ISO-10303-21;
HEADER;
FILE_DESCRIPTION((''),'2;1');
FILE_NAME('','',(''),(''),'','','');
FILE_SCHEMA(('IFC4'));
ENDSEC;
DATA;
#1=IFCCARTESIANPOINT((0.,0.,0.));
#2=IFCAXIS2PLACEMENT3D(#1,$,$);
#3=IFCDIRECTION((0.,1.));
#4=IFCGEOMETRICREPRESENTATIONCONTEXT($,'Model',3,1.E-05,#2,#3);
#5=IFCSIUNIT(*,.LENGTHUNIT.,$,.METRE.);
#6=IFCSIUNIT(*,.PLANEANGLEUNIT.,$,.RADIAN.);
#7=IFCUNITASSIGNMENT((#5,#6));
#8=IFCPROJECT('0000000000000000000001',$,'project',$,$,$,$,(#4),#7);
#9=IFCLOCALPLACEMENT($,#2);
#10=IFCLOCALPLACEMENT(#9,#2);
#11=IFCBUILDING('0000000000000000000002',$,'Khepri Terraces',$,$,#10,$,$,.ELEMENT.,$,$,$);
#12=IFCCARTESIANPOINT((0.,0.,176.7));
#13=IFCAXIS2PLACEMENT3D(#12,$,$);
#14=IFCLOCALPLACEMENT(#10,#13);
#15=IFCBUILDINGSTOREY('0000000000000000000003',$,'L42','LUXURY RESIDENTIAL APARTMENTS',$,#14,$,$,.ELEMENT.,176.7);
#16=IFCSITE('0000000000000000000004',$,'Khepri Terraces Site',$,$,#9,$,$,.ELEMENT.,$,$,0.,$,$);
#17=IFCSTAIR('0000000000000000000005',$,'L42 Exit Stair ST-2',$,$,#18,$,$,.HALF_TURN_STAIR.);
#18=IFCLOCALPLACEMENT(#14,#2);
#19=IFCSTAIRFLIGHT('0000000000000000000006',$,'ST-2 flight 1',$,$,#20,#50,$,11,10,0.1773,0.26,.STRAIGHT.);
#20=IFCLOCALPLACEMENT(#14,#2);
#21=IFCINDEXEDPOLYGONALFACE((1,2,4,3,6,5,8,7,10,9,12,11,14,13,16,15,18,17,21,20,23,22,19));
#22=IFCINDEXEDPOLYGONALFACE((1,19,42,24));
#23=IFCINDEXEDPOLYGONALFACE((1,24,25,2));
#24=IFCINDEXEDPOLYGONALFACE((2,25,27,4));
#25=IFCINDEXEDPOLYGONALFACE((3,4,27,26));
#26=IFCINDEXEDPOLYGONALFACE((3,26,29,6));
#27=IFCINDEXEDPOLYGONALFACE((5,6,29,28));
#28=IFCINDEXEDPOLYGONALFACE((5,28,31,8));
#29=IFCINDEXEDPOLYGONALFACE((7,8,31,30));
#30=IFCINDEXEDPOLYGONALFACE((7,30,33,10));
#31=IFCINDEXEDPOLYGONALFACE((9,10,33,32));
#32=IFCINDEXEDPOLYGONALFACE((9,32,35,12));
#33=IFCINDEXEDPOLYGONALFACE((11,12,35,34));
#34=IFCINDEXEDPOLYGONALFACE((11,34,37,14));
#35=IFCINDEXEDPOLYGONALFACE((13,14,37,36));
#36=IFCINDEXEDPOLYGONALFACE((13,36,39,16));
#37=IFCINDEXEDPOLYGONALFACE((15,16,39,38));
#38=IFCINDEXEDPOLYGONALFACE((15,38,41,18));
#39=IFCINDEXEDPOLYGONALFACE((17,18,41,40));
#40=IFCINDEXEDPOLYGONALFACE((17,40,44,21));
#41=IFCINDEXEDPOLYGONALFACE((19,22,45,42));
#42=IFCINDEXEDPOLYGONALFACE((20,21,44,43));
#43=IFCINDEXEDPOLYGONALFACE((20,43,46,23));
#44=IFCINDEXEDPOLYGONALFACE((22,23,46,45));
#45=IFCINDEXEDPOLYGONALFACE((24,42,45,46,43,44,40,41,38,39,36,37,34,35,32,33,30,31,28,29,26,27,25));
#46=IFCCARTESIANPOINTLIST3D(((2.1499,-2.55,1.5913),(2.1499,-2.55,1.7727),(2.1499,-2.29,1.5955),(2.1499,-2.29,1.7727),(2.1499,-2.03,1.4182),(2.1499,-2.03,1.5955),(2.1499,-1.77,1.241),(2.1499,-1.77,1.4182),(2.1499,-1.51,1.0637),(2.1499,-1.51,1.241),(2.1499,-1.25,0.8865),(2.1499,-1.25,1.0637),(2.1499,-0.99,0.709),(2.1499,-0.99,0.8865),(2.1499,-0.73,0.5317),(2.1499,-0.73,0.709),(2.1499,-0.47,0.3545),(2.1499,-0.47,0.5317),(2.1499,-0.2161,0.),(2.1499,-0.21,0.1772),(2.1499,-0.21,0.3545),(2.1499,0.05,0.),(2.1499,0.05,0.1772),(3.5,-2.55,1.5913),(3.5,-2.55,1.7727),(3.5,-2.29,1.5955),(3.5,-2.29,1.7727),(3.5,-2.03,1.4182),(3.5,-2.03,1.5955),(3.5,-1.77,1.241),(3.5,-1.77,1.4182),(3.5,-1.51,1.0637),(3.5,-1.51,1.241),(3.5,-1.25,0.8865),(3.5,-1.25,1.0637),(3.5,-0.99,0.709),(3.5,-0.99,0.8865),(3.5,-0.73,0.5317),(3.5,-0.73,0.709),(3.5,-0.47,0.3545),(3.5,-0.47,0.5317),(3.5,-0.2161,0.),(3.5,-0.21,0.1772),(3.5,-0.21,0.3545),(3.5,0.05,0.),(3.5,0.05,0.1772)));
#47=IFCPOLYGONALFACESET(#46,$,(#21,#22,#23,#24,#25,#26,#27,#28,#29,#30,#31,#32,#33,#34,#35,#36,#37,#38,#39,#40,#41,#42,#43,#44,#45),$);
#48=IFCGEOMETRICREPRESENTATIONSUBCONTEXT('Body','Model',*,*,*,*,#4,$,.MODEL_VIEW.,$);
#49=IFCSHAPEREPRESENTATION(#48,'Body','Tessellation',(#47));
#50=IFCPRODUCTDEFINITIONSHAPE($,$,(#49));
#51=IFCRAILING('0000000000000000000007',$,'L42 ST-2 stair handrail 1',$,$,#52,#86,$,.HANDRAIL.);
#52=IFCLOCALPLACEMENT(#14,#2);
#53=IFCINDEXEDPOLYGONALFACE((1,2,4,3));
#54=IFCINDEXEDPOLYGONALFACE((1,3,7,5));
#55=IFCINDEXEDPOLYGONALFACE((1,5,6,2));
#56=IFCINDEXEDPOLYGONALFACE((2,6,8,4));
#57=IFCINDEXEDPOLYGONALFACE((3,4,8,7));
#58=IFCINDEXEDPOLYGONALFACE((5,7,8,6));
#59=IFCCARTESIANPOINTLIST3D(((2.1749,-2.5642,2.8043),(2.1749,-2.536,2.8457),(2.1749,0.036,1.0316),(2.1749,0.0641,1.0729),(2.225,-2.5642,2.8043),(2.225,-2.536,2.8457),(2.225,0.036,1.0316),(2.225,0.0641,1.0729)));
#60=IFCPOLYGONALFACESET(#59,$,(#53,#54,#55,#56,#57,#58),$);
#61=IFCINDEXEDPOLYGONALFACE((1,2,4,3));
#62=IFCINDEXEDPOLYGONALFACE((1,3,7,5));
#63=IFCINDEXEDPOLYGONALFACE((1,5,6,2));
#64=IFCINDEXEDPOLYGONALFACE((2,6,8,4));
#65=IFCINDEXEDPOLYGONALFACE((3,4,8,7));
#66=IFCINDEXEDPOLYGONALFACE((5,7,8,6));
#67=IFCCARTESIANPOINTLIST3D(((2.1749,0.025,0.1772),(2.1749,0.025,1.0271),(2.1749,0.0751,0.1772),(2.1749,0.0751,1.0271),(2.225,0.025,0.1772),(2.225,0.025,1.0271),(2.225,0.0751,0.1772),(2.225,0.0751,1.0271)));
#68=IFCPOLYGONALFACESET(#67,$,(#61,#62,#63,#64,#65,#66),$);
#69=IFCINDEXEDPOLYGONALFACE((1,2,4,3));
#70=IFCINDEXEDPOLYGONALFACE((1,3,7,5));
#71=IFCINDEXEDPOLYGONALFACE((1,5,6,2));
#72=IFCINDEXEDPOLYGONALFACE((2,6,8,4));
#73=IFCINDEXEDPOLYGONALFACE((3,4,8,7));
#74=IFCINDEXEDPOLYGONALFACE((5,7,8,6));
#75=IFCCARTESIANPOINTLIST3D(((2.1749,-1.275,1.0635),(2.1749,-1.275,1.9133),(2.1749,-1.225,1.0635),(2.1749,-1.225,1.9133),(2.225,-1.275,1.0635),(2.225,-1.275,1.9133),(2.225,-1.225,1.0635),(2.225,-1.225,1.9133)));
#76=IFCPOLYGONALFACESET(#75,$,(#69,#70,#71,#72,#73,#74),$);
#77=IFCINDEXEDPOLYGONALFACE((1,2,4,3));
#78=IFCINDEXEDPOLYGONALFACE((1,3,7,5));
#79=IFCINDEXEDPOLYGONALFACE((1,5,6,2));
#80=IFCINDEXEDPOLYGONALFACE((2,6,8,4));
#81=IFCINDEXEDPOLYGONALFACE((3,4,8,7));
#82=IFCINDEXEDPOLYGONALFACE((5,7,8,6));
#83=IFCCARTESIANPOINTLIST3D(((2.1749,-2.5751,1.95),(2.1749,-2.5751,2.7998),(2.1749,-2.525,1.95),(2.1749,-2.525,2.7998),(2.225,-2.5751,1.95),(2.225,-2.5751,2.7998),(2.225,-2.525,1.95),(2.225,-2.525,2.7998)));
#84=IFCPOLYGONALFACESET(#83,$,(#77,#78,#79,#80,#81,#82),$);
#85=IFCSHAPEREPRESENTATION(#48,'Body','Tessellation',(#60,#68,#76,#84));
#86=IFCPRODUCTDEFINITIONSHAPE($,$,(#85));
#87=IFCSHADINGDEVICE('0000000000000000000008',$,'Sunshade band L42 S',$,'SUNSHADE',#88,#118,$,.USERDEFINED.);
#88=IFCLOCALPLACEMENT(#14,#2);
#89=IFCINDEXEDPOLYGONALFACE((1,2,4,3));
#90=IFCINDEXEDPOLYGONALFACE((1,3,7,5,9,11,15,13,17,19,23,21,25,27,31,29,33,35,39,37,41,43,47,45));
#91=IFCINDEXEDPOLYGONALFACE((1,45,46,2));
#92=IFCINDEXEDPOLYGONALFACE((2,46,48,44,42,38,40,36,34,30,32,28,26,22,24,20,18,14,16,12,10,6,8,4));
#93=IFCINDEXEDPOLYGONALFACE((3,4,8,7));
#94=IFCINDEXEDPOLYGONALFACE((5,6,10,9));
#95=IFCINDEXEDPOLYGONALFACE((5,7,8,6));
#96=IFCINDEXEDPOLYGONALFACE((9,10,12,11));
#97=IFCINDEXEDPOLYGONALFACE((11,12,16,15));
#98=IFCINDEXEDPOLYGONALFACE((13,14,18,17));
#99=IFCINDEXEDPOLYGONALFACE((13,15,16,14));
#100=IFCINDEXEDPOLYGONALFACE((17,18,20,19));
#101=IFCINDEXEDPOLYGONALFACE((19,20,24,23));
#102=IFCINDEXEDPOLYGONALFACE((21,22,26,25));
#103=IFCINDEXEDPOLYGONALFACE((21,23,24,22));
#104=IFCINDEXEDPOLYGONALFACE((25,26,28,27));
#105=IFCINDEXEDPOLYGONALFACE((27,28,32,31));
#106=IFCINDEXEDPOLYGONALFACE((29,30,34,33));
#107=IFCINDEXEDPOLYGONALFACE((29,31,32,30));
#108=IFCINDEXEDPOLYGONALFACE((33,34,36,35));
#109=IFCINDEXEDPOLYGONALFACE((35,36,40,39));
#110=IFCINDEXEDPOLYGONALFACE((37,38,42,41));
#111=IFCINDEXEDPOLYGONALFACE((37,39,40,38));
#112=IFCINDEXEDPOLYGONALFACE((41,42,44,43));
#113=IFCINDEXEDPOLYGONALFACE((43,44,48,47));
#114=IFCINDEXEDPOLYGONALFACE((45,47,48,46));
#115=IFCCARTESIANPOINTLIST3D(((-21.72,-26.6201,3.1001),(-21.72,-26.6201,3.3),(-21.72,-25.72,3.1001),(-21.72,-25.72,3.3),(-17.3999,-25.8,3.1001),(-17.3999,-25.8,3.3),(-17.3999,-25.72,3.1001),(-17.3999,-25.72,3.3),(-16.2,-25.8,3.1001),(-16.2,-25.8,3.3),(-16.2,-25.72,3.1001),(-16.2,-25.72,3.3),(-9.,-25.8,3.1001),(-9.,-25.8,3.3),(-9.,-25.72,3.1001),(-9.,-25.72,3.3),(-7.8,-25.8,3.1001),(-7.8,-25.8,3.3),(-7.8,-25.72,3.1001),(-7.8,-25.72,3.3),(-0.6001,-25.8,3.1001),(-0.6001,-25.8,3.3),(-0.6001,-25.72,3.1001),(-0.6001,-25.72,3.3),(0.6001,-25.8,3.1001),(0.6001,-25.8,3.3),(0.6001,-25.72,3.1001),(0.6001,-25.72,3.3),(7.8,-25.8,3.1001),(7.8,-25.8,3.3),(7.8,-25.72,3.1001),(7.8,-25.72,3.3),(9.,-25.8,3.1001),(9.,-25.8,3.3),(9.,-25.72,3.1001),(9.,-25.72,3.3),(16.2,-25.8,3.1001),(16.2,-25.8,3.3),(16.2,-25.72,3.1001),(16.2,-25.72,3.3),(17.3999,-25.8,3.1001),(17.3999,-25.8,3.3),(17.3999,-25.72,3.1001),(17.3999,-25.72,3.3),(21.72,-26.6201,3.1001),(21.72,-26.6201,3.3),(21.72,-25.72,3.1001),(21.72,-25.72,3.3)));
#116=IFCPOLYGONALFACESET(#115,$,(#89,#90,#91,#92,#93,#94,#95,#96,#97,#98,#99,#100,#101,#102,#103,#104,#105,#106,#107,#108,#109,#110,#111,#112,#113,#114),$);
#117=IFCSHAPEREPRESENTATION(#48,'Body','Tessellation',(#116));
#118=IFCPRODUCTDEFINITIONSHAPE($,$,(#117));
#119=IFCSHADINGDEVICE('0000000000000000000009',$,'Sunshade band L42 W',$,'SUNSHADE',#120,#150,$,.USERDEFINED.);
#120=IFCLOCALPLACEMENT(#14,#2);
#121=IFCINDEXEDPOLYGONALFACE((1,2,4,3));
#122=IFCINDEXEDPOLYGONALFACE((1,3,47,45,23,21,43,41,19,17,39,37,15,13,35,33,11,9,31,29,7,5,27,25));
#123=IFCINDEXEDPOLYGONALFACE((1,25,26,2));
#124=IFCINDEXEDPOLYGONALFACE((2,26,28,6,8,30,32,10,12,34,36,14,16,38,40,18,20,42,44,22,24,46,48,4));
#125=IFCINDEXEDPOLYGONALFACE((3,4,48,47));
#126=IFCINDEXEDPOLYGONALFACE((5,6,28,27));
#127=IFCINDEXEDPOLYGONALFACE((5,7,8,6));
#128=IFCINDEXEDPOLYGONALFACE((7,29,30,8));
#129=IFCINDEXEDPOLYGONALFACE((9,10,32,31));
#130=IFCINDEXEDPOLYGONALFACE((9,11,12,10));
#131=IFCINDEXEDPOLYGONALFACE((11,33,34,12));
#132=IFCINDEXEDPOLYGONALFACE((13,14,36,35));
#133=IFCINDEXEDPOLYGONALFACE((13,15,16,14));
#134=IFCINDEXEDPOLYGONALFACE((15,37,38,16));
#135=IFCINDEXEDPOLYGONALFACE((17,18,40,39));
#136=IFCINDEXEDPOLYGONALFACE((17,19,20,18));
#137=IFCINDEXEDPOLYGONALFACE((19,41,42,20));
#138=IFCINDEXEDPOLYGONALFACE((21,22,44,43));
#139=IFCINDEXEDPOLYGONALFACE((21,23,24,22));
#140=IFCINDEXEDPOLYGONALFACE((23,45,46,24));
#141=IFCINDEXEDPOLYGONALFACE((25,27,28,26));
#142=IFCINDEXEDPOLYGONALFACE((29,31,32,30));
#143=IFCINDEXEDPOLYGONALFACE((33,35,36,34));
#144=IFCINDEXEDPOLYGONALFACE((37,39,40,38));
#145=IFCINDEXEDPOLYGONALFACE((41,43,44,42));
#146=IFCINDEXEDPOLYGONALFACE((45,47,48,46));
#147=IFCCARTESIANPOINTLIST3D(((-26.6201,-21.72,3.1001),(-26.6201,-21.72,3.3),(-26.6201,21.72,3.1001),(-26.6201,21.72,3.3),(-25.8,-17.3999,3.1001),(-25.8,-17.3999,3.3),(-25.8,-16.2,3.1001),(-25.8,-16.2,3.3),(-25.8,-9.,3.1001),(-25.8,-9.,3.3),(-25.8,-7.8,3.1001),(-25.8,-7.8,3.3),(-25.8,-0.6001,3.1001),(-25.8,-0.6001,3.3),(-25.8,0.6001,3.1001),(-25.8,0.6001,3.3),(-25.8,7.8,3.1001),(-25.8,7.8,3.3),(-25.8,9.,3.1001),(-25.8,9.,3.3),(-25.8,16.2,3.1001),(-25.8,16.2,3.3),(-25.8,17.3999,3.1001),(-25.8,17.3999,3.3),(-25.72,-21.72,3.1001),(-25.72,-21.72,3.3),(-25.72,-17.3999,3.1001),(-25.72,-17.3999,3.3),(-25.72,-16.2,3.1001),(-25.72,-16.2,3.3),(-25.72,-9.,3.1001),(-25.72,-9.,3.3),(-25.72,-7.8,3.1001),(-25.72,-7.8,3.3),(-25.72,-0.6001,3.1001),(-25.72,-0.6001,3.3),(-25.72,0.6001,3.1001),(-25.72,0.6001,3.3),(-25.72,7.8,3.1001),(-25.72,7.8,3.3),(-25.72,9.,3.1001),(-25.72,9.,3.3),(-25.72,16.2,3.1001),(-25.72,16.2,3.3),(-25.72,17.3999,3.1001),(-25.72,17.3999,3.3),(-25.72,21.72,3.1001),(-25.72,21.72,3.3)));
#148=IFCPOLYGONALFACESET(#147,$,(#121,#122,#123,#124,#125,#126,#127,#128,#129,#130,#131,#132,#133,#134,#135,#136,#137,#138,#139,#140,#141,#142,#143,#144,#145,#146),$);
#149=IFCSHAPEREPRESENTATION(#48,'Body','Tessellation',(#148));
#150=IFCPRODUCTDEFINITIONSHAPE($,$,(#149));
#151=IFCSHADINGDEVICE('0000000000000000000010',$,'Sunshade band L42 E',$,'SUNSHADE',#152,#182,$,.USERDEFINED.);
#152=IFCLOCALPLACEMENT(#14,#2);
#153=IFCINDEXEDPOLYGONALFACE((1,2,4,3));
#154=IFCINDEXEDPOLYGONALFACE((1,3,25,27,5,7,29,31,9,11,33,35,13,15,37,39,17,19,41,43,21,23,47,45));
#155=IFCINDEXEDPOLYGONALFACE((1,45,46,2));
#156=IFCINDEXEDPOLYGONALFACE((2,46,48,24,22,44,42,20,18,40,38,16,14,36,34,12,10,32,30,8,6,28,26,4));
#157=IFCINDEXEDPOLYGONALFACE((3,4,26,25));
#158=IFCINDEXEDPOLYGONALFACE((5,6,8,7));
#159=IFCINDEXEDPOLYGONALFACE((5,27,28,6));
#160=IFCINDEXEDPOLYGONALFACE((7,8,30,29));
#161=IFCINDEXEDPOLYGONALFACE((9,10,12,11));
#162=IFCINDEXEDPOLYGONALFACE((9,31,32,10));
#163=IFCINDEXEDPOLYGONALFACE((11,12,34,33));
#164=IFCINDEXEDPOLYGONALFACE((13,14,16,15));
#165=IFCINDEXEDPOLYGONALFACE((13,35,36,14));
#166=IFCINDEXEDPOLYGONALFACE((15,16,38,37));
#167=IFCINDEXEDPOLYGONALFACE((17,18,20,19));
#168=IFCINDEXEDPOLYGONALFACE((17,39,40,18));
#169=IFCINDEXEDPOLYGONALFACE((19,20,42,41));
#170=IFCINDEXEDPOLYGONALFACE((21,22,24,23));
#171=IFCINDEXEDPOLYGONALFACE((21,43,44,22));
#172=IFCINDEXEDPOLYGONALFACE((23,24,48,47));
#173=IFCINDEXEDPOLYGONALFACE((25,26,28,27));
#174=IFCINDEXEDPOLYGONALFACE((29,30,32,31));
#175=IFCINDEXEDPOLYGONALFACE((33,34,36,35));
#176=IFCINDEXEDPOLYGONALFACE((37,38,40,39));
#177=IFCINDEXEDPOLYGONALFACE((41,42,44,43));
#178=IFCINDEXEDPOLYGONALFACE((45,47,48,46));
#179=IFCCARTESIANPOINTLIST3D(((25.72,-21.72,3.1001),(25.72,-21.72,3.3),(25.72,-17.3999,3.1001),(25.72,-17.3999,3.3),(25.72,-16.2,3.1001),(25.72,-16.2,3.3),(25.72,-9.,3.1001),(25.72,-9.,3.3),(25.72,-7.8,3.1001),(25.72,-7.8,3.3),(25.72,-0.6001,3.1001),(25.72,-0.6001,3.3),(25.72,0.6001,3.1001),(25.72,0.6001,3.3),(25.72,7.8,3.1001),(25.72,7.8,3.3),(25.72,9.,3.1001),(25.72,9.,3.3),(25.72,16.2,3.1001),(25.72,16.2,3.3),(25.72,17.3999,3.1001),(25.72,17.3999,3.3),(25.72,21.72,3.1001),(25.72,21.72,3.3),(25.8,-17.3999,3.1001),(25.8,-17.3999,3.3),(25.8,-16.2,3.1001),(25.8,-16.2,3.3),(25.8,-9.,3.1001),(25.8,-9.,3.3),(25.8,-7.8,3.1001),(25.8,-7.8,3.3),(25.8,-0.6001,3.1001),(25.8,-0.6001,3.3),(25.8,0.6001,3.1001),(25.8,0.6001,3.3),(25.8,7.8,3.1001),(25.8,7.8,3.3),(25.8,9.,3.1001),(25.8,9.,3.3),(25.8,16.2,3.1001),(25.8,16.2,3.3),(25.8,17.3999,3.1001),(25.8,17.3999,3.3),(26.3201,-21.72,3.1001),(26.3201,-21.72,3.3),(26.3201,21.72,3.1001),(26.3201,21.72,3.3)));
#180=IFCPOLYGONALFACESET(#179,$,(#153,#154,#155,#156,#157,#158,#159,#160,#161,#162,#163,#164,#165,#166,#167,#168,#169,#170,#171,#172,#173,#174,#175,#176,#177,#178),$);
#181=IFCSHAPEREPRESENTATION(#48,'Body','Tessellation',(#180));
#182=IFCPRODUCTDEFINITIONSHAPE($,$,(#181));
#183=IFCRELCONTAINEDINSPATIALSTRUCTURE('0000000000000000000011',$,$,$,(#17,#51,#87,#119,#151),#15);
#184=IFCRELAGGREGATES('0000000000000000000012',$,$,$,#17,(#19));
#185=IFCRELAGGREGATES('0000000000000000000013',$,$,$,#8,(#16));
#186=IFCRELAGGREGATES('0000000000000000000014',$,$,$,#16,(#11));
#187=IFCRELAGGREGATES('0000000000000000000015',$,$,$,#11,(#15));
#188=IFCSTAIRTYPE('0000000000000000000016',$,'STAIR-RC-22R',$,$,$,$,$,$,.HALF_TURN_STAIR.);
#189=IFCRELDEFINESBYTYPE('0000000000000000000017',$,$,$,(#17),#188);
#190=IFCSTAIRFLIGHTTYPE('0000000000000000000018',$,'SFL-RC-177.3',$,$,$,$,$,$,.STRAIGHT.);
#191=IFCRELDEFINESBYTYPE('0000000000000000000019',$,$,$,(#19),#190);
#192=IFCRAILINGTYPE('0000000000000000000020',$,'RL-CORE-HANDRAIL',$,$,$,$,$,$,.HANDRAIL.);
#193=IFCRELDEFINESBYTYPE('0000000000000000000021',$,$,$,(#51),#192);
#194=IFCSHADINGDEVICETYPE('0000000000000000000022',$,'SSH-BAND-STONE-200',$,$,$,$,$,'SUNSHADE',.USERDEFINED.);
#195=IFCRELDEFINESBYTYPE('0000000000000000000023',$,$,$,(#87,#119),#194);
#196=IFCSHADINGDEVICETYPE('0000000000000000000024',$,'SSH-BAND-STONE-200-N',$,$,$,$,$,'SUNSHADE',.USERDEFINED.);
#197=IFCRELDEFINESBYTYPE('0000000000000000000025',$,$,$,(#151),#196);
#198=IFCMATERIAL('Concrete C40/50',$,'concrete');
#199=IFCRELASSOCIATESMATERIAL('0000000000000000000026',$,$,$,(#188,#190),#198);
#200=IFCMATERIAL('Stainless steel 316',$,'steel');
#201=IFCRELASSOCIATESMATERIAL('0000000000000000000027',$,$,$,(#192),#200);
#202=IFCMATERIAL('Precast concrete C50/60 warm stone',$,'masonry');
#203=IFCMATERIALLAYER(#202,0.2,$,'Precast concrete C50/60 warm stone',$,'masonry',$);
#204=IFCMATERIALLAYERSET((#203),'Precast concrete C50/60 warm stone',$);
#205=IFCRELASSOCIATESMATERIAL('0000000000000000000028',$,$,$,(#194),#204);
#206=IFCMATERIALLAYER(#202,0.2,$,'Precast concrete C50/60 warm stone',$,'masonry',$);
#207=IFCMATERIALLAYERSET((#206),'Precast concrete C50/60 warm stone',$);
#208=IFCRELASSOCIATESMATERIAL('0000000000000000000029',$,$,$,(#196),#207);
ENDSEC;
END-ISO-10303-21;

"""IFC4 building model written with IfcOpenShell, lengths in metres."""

from ifc_helpers import new_model, si_unit, direction, frame, origin, origin_2d, place, context, subcontext, project, spatial, polyline, rectangle, outline, extrude, material, layer, layer_set, type_object, element, aggregate, save


model = new_model("IFC4")

# Units and contexts
model_context = context("Model", 3, precision=1e-05, world=origin(), true_north=direction((0.0, 1.0)))
body_context = subcontext(model_context, "Body", "Model", "MODEL_VIEW")
ifc_project = project(units=[si_unit("LENGTHUNIT", "METRE"), si_unit("PLANEANGLEUNIT", "RADIAN")], contexts=[model_context])

# Site, building, storey
site_placement = place(None, origin())
site = spatial("IfcSite", under=ifc_project, at=site_placement, Name="Khepri Terraces Site", CompositionType="ELEMENT", RefElevation=0.0)
building_placement = place(site_placement, origin())
building = spatial("IfcBuilding", under=site, at=building_placement, Name="Khepri Terraces", CompositionType="ELEMENT")
storey_placement = place(building_placement, frame((0.0, 0.0, 176.7)))
storey = spatial("IfcBuildingStorey", under=building, at=storey_placement, Name="L42", Description="LUXURY RESIDENTIAL APARTMENTS", CompositionType="ELEMENT", Elevation=176.7)

# Stair
ifc_material_1 = material(Name="Concrete C40/50", Category="concrete")
stair_type = type_object("IfcStairType", Name="STAIR-RC-22R", PredefinedType="HALF_TURN_STAIR", material=ifc_material_1)
stair_1_placement = place(storey_placement, origin())
stair_1 = element("IfcStair", 1, at=stair_1_placement, inside=storey, type_object=stair_type, Name="L42 Exit Stair ST-2", PredefinedType="HALF_TURN_STAIR")

# Stair flight
stair_flight_type = type_object("IfcStairFlightType", Name="SFL-RC-177.3", PredefinedType="STRAIGHT", material=ifc_material_1)
stair_flight_placement = place(storey_placement, frame((2.825, 0.05, 0.0), z_axis=(0.0, 0.0, 1.0), x_axis=(0.0, -1.0, 0.0)))
stair_flight = element("IfcStairFlight", 2, at=stair_flight_placement, type_object=stair_flight_type, Name="ST-2 flight 1", NumberOfRisers=11, NumberOfTreads=10, PredefinedType="STRAIGHT", RiserHeight=0.1773, TreadLength=0.26, context=body_context, shape_type="SweptSolid", body=[
    extrude(outline(polyline([(0.0, 0.0), (0.0, 0.1772), (0.26, 0.1772), (0.26, 0.3545), (0.52, 0.3545), (0.52, 0.5317), (0.78, 0.5317), (0.78, 0.709), (1.04, 0.709), (1.04, 0.8865), (1.3, 0.8865), (1.3, 1.0637), (1.5601, 1.0637), (1.5601, 1.241), (1.8201, 1.241), (1.8201, 1.4182), (2.0801, 1.4182), (2.0801, 1.5955), (2.3401, 1.5955), (2.3401, 1.7727), (2.6001, 1.7727), (2.6001, 1.95), (2.6001, 1.5913), (0.2661, 0.0), (0.0, 0.0)])), frame((0.0, 0.675, 0.0), z_axis=(0.0, -1.0, 0.0), x_axis=(1.0, 0.0, 0.0)), (0.0, 0.0, 1.0), 1.3501),
])
aggregate(stair_1, [stair_flight])

# Railing
ifc_material_2 = material(Name="Stainless steel 316", Category="steel")
railing_type = type_object("IfcRailingType", Name="RL-CORE-HANDRAIL", PredefinedType="HANDRAIL", material=ifc_material_2)
railing_placement = place(storey_placement, frame((2.2, 0.05, 0.1772)))
element("IfcRailing", 3, at=railing_placement, inside=storey, type_object=railing_type, Name="L42 ST-2 stair handrail 1", PredefinedType="HANDRAIL", context=body_context, shape_type="SweptSolid", body=[
    extrude(rectangle(XDim=0.05, YDim=0.05, at=origin_2d()), frame((0.0, 0.0, 0.875), z_axis=(0.0, -0.82624, 0.563318), x_axis=(1.0, 0.0, 0.0)), (0.0, 0.0, 1.0), 3.147),
    extrude(rectangle(XDim=0.05, YDim=0.05, at=origin_2d()), origin(), (0.0, 0.0, 1.0), 0.8499),
    extrude(rectangle(XDim=0.05, YDim=0.05, at=origin_2d()), frame((0.0, -1.3, 0.8862)), (0.0, 0.0, 1.0), 0.8499),
    extrude(rectangle(XDim=0.05, YDim=0.05, at=origin_2d()), frame((0.0, -2.6001, 1.7727)), (0.0, 0.0, 1.0), 0.8499),
])

# Shading devices
ifc_material_3 = material(Name="Precast concrete C50/60 warm stone", Category="masonry")
ifc_layer_1 = layer(ifc_material_3, 0.2, Name="Precast concrete C50/60 warm stone", Category="masonry")
ifc_layer_set_1 = layer_set([ifc_layer_1], Name="Precast concrete C50/60 warm stone")
shading_device_type_1 = type_object("IfcShadingDeviceType", Name="SSH-BAND-STONE-200", ElementType="SUNSHADE", PredefinedType="USERDEFINED", material=ifc_layer_set_1)
shading_device_1_placement = place(storey_placement, frame((0.0, 0.0, 3.1001)))
element("IfcShadingDevice", 4, at=shading_device_1_placement, inside=storey, type_object=shading_device_type_1, Name="Sunshade band L42 S", ObjectType="SUNSHADE", PredefinedType="USERDEFINED", context=body_context, shape_type="SweptSolid", body=[
    extrude(outline(polyline([(-17.3999, -25.72), (-21.72, -25.72), (-21.72, -26.6201), (21.72, -26.6201), (21.72, -25.72), (17.3999, -25.72), (17.3999, -25.8), (16.2, -25.8), (16.2, -25.72), (9.0, -25.72), (9.0, -25.8), (7.8, -25.8), (7.8, -25.72), (0.6001, -25.72), (0.6001, -25.8), (-0.6001, -25.8), (-0.6001, -25.72), (-7.8, -25.72), (-7.8, -25.8), (-9.0, -25.8), (-9.0, -25.72), (-16.2, -25.72), (-16.2, -25.8), (-17.3999, -25.8), (-17.3999, -25.72)])), origin(), (0.0, 0.0, 1.0), 0.2),
])
shading_device_2_placement = place(storey_placement, frame((0.0, 0.0, 3.1001)))
element("IfcShadingDevice", 5, at=shading_device_2_placement, inside=storey, type_object=shading_device_type_1, Name="Sunshade band L42 W", ObjectType="SUNSHADE", PredefinedType="USERDEFINED", context=body_context, shape_type="SweptSolid", body=[
    extrude(outline(polyline([(-25.72, 17.3999), (-25.72, 21.72), (-26.6201, 21.72), (-26.6201, -21.72), (-25.72, -21.72), (-25.72, -17.3999), (-25.8, -17.3999), (-25.8, -16.2), (-25.72, -16.2), (-25.72, -9.0), (-25.8, -9.0), (-25.8, -7.8), (-25.72, -7.8), (-25.72, -0.6001), (-25.8, -0.6001), (-25.8, 0.6001), (-25.72, 0.6001), (-25.72, 7.8), (-25.8, 7.8), (-25.8, 9.0), (-25.72, 9.0), (-25.72, 16.2), (-25.8, 16.2), (-25.8, 17.3999), (-25.72, 17.3999)])), origin(), (0.0, 0.0, 1.0), 0.2),
])
ifc_layer_2 = layer(ifc_material_3, 0.2, Name="Precast concrete C50/60 warm stone", Category="masonry")
ifc_layer_set_2 = layer_set([ifc_layer_2], Name="Precast concrete C50/60 warm stone")
shading_device_type_2 = type_object("IfcShadingDeviceType", Name="SSH-BAND-STONE-200-N", ElementType="SUNSHADE", PredefinedType="USERDEFINED", material=ifc_layer_set_2)
shading_device_3_placement = place(storey_placement, frame((0.0, 0.0, 3.1001)))
element("IfcShadingDevice", 6, at=shading_device_3_placement, inside=storey, type_object=shading_device_type_2, Name="Sunshade band L42 E", ObjectType="SUNSHADE", PredefinedType="USERDEFINED", context=body_context, shape_type="SweptSolid", body=[
    extrude(outline(polyline([(25.72, -17.3999), (25.72, -21.72), (26.3201, -21.72), (26.3201, 21.72), (25.72, 21.72), (25.72, 17.3999), (25.8, 17.3999), (25.8, 16.2), (25.72, 16.2), (25.72, 9.0), (25.8, 9.0), (25.8, 7.8), (25.72, 7.8), (25.72, 0.6001), (25.8, 0.6001), (25.8, -0.6001), (25.72, -0.6001), (25.72, -7.8), (25.8, -7.8), (25.8, -9.0), (25.72, -9.0), (25.72, -16.2), (25.8, -16.2), (25.8, -17.3999), (25.72, -17.3999)])), origin(), (0.0, 0.0, 1.0), 0.2),
])

save(model, "model.ifc")
